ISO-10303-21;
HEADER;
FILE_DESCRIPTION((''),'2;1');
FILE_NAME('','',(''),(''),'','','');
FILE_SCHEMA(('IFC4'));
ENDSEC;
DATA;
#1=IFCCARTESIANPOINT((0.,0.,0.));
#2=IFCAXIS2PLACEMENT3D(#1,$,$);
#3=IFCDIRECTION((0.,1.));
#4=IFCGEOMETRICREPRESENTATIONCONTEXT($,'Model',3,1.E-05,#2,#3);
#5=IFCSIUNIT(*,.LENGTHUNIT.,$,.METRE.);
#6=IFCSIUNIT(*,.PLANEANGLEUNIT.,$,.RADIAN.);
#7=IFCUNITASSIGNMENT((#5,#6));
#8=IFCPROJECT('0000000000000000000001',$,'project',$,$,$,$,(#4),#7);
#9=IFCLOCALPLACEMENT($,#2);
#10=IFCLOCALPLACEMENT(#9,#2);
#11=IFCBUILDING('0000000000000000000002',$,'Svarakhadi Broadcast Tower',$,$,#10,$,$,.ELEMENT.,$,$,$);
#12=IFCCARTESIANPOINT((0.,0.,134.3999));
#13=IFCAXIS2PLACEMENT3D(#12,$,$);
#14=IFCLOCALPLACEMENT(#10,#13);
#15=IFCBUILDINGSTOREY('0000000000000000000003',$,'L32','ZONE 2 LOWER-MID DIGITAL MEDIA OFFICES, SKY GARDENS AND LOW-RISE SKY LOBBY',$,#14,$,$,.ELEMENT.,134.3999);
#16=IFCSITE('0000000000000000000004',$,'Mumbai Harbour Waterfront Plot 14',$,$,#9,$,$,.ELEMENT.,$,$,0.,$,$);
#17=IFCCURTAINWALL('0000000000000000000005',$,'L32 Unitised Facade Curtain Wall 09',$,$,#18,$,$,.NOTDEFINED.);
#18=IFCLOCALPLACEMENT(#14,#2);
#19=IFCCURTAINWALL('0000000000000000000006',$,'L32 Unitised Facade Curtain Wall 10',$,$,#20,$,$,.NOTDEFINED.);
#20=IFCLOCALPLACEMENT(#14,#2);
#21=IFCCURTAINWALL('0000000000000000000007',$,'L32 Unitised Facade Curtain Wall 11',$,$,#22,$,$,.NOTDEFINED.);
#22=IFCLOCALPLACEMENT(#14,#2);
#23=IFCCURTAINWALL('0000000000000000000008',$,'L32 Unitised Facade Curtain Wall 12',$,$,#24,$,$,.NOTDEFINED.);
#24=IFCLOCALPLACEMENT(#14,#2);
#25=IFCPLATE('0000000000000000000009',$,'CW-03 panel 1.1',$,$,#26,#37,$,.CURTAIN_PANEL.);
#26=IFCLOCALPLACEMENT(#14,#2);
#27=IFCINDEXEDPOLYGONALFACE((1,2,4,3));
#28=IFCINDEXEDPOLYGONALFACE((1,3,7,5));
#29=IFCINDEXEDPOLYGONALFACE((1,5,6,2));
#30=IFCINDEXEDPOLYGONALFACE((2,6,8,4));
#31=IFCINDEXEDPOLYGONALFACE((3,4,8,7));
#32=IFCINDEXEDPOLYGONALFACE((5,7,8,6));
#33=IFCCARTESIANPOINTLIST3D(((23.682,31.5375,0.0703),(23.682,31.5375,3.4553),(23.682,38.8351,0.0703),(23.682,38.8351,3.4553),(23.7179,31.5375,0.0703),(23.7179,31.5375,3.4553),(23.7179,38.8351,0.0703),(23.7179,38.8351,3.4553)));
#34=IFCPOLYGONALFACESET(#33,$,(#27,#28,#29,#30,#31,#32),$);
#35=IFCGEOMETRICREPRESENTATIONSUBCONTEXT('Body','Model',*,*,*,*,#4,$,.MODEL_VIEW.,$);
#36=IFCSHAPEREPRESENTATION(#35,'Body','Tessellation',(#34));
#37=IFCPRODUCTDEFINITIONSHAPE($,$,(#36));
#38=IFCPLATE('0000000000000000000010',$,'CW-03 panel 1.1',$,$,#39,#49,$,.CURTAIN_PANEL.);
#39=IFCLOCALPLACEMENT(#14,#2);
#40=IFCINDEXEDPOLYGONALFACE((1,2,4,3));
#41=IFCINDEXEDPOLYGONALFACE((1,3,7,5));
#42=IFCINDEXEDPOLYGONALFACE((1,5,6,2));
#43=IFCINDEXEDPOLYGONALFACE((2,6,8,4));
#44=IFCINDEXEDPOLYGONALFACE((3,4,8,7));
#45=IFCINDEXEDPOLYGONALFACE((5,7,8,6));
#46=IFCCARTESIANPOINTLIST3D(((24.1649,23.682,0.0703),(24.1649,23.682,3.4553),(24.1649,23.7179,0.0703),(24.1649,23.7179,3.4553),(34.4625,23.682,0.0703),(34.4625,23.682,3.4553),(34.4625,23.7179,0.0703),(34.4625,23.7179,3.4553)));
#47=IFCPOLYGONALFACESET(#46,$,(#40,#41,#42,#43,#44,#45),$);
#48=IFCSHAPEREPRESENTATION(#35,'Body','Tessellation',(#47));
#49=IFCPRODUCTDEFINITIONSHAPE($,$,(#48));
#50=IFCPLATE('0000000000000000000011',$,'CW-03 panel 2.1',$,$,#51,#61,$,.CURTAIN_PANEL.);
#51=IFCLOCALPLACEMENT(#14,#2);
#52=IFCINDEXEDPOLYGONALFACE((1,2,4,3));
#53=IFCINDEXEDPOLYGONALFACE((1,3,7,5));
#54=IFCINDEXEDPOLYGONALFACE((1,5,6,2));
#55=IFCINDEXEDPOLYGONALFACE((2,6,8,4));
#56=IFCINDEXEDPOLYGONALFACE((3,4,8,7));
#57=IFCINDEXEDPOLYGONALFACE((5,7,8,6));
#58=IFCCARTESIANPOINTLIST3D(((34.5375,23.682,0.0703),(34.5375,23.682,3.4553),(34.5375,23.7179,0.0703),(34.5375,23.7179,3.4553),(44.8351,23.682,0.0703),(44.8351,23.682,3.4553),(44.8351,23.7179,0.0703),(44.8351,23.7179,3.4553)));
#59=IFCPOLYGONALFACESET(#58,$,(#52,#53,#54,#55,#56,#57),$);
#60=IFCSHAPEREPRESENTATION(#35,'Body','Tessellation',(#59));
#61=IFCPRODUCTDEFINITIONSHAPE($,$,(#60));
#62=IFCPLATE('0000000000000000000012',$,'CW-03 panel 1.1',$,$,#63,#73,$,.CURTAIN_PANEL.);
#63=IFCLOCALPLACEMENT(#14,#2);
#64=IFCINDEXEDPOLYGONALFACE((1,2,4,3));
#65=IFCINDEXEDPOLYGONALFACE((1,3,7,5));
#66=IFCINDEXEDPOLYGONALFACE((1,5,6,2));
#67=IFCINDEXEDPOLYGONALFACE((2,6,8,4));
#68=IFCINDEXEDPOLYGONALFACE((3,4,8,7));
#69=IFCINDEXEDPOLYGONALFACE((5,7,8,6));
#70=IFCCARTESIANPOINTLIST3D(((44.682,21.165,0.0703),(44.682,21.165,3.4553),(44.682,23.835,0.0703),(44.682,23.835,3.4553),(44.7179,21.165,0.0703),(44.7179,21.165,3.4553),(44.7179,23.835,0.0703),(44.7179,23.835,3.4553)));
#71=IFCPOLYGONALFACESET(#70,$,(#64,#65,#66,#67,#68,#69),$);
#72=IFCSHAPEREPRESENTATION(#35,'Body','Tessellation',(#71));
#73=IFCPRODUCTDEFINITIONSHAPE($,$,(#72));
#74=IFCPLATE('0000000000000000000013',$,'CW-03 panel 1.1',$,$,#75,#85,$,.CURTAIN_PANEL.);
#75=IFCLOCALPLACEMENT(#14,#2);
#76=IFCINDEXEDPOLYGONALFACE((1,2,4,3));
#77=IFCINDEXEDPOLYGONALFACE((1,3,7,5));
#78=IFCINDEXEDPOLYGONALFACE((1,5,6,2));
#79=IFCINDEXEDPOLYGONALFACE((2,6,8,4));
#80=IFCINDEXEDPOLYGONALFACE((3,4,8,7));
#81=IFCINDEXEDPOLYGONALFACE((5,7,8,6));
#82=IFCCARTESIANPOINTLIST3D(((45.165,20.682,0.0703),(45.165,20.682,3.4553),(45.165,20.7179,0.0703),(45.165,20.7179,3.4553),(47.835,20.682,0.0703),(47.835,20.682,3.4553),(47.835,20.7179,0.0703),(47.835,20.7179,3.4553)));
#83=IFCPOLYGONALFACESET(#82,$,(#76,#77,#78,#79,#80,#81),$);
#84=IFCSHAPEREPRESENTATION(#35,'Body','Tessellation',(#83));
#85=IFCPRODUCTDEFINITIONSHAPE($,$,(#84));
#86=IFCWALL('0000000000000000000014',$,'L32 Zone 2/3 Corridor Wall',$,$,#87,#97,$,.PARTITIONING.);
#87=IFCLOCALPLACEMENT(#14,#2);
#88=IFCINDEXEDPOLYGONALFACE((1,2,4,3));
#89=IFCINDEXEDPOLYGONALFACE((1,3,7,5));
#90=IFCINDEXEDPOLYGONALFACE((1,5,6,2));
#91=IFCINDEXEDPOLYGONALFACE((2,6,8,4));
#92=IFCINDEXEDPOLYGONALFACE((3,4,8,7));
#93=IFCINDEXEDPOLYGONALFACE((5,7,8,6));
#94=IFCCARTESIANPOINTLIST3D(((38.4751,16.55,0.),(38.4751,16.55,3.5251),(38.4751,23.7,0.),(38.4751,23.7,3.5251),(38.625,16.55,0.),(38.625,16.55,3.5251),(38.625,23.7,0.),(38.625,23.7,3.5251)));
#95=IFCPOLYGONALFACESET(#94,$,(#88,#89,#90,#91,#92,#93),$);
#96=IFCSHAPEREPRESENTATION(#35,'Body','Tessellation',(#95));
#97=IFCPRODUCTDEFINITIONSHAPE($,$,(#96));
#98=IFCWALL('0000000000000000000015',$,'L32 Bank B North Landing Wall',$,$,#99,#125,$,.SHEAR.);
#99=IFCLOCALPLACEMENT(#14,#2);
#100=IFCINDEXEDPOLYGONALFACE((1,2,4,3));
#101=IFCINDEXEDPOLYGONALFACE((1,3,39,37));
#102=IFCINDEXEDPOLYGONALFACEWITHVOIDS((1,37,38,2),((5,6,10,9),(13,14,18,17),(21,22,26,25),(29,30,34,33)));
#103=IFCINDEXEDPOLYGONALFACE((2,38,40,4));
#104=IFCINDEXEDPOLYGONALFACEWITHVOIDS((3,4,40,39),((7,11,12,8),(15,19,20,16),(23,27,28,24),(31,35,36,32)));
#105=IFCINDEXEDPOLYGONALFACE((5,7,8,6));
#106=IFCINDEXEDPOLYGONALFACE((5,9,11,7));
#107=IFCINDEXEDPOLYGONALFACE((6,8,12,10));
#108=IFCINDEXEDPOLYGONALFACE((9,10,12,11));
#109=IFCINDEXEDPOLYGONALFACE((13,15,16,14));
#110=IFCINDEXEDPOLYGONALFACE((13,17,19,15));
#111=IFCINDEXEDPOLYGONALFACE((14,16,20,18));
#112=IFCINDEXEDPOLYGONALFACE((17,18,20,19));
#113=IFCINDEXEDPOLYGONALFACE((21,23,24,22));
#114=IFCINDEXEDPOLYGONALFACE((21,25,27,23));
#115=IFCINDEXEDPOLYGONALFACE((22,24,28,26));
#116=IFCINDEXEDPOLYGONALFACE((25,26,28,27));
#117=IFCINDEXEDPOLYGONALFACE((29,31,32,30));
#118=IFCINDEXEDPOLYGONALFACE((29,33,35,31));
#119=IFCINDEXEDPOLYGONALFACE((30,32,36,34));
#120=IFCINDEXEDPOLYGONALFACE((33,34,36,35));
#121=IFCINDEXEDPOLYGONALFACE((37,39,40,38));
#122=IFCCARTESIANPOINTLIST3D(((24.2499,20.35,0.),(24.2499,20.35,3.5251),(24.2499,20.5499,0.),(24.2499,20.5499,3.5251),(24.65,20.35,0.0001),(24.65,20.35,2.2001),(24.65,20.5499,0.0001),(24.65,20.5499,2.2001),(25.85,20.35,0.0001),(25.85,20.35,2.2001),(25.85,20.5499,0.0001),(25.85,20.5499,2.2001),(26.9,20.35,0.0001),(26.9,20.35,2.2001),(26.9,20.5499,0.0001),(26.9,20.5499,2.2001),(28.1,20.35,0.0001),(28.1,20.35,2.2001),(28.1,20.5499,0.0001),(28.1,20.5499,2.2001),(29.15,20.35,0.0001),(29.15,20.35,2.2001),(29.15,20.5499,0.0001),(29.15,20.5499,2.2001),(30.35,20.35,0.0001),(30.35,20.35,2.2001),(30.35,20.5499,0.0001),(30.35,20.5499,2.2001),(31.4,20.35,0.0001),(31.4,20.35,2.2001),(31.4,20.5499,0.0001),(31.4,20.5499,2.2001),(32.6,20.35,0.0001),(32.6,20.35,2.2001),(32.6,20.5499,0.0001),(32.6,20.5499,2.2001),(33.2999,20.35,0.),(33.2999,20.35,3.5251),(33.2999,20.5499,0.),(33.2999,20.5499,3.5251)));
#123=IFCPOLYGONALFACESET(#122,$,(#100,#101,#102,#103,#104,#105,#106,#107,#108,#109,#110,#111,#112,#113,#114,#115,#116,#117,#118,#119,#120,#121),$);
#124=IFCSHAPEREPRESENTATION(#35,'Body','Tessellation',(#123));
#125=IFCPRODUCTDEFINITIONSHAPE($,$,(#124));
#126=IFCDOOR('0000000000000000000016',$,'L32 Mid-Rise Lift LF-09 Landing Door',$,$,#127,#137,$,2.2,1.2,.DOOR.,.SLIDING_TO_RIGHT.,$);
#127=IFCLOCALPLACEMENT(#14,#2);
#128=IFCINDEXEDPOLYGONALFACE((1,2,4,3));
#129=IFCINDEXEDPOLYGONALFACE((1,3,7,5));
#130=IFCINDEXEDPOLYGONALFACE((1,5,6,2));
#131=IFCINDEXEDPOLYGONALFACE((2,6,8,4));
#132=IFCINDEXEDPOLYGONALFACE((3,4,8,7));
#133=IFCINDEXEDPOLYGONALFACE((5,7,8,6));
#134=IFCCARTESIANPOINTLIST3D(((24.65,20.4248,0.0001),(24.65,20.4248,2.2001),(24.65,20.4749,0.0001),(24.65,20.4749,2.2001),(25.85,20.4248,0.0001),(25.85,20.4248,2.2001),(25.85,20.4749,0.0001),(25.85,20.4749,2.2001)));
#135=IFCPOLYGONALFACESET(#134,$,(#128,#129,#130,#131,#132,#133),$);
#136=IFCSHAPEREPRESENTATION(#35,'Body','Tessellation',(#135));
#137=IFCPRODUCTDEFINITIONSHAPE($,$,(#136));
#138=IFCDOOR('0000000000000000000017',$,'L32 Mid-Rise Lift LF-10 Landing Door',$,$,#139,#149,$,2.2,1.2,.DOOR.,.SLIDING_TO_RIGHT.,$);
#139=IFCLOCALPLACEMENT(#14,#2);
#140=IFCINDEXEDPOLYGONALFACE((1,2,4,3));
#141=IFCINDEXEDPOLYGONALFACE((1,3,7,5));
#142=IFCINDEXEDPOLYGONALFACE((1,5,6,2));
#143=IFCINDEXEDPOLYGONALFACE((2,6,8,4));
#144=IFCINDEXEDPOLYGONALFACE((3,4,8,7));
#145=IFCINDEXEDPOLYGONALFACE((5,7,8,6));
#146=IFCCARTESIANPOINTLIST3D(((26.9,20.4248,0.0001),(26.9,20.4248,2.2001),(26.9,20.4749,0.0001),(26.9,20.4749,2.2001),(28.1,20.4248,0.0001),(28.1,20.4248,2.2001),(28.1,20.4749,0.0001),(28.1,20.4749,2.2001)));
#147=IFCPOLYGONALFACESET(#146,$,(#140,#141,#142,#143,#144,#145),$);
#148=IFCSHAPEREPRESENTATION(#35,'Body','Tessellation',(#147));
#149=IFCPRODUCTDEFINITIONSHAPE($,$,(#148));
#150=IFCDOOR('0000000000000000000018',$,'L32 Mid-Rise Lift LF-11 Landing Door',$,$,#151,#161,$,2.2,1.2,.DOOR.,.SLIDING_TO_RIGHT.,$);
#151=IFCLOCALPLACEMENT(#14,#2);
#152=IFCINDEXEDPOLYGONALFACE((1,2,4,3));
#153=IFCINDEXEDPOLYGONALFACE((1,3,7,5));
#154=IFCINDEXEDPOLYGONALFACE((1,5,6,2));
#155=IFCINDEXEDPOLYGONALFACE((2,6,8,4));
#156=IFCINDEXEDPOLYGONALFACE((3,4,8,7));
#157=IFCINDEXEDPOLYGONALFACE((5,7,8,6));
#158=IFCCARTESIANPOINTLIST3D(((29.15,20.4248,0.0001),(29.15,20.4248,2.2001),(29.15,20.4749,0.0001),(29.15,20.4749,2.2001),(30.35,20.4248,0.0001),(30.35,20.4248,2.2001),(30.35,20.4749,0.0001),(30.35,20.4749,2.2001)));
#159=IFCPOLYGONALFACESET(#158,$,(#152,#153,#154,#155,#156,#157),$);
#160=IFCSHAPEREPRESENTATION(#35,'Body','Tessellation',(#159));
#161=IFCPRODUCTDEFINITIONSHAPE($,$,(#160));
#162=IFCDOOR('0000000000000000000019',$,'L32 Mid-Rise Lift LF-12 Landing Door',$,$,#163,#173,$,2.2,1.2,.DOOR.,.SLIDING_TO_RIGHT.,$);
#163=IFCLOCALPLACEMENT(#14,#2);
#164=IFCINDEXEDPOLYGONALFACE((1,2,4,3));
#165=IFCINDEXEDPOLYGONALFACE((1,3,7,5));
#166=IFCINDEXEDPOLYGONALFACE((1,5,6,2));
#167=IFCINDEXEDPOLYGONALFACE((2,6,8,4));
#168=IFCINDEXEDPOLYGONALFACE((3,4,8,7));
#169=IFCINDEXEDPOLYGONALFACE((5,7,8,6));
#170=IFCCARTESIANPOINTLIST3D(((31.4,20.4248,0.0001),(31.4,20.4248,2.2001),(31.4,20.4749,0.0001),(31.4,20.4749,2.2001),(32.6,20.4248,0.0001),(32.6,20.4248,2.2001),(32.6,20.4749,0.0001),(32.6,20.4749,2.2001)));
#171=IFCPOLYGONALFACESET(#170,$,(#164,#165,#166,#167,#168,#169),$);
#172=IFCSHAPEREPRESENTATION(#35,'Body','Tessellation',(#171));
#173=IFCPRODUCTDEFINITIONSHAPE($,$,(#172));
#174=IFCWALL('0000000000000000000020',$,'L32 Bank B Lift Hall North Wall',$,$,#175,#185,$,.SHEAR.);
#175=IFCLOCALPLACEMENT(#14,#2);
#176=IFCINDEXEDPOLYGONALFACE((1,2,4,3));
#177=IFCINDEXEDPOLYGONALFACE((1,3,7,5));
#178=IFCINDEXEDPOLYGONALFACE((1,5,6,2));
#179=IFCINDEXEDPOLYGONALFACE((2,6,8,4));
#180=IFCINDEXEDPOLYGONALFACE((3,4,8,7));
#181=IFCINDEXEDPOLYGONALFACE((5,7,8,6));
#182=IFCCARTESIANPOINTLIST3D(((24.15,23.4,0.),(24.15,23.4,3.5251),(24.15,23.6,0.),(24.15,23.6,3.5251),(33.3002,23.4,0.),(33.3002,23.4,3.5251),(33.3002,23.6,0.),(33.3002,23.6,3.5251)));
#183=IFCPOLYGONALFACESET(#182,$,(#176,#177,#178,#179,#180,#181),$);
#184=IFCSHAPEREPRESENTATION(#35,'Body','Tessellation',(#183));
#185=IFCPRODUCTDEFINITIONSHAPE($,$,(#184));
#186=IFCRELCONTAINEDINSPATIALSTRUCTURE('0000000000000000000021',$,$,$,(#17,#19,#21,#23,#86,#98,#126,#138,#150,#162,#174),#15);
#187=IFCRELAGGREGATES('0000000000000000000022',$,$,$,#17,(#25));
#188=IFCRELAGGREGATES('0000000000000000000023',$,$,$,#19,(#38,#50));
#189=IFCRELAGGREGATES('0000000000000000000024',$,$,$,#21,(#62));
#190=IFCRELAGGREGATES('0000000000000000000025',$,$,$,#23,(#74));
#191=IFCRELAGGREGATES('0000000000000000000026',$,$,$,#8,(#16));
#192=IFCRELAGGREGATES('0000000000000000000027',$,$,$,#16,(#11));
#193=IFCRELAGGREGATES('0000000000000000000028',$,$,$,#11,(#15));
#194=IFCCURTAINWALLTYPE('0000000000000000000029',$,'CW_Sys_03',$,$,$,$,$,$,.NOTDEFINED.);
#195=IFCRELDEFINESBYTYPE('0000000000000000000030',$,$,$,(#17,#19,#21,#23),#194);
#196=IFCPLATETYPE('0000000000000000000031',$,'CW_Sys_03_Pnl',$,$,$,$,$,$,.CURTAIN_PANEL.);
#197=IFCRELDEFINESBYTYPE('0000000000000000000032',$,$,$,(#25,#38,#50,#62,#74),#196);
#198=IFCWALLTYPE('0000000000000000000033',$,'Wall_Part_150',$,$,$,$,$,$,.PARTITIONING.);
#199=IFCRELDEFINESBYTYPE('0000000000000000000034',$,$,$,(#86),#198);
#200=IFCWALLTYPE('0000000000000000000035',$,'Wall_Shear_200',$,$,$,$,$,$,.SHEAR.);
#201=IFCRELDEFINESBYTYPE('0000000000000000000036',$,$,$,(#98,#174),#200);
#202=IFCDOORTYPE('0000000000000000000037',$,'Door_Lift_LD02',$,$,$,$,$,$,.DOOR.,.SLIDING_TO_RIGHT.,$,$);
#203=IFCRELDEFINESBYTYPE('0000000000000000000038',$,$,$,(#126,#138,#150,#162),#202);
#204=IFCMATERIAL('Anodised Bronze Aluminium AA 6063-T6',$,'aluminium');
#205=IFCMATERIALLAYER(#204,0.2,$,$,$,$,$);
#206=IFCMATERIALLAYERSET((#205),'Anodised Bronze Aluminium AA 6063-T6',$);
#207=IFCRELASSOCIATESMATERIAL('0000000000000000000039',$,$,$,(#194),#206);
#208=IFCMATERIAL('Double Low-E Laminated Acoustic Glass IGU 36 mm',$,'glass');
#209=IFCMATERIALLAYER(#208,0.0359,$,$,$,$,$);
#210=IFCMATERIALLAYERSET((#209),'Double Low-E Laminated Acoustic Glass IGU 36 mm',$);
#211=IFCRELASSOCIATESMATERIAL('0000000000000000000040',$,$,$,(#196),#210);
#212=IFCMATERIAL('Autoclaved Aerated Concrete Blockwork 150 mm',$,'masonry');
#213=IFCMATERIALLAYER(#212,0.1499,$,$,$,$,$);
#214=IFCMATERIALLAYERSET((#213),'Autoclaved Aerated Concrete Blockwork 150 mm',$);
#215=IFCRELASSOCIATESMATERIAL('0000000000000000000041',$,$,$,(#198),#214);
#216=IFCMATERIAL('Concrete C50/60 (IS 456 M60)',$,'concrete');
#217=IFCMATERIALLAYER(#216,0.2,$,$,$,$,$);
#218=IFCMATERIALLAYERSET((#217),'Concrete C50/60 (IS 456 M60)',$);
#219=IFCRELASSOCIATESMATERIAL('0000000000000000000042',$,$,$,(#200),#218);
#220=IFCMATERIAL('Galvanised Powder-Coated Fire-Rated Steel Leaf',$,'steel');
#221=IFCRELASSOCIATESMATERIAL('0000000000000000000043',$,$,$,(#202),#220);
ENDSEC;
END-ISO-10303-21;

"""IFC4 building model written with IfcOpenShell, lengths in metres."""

from ifc_helpers import new_model, si_unit, direction, frame, frame_2d, origin, origin_2d, place, context, subcontext, project, spatial, rectangle, extrude, material, layer, layer_set, type_object, element, fill, aggregate, save


model = new_model("IFC4")

# Units and contexts
model_context = context("Model", 3, precision=1e-05, world=origin(), true_north=direction((0.0, 1.0)))
body_context = subcontext(model_context, "Body", "Model", "MODEL_VIEW")
ifc_project = project(units=[si_unit("LENGTHUNIT", "METRE"), si_unit("PLANEANGLEUNIT", "RADIAN")], contexts=[model_context])

# Site, building, storey
site_placement = place(None, origin())
site = spatial("IfcSite", under=ifc_project, at=site_placement, Name="Mumbai Harbour Waterfront Plot 14", CompositionType="ELEMENT", RefElevation=0.0)
building_placement = place(site_placement, origin())
building = spatial("IfcBuilding", under=site, at=building_placement, Name="Svarakhadi Broadcast Tower", CompositionType="ELEMENT")
storey_placement = place(building_placement, frame((0.0, 0.0, 134.3999)))
storey = spatial("IfcBuildingStorey", under=building, at=storey_placement, Name="L32", Description="ZONE 2 LOWER-MID DIGITAL MEDIA OFFICES, SKY GARDENS AND LOW-RISE SKY LOBBY", CompositionType="ELEMENT", Elevation=134.3999)

# Curtain wall
ifc_material_1 = material(Name="Anodised Bronze Aluminium AA 6063-T6", Category="aluminium")
ifc_layer_1 = layer(ifc_material_1, 0.2)
ifc_layer_set_1 = layer_set([ifc_layer_1], Name="Anodised Bronze Aluminium AA 6063-T6")
curtain_wall_type = type_object("IfcCurtainWallType", Name="CW_Sys_03", PredefinedType="NOTDEFINED", material=ifc_layer_set_1)
curtain_wall_1_placement = place(storey_placement, origin())
curtain_wall_1 = element("IfcCurtainWall", 1, at=curtain_wall_1_placement, inside=storey, type_object=curtain_wall_type, Name="L32 Unitised Facade Curtain Wall 09", PredefinedType="NOTDEFINED")

# Curtain walls
curtain_wall_2_placement = place(storey_placement, origin())
curtain_wall_2 = element("IfcCurtainWall", 2, at=curtain_wall_2_placement, inside=storey, type_object=curtain_wall_type, Name="L32 Unitised Facade Curtain Wall 10", PredefinedType="NOTDEFINED")
curtain_wall_3_placement = place(storey_placement, origin())
curtain_wall_3 = element("IfcCurtainWall", 3, at=curtain_wall_3_placement, inside=storey, type_object=curtain_wall_type, Name="L32 Unitised Facade Curtain Wall 11", PredefinedType="NOTDEFINED")
curtain_wall_4_placement = place(storey_placement, origin())
curtain_wall_4 = element("IfcCurtainWall", 4, at=curtain_wall_4_placement, inside=storey, type_object=curtain_wall_type, Name="L32 Unitised Facade Curtain Wall 12", PredefinedType="NOTDEFINED")

# Plates
ifc_material_2 = material(Name="Double Low-E Laminated Acoustic Glass IGU 36 mm", Category="glass")
ifc_layer_2 = layer(ifc_material_2, 0.0359)
ifc_layer_set_2 = layer_set([ifc_layer_2], Name="Double Low-E Laminated Acoustic Glass IGU 36 mm")
plate_type = type_object("IfcPlateType", Name="CW_Sys_03_Pnl", PredefinedType="CURTAIN_PANEL", material=ifc_layer_set_2)
plate_1_placement = place(storey_placement, frame((23.7, 35.1863, 0.0703), z_axis=(0.0, 0.0, 1.0), x_axis=(0.0, -1.0, 0.0)))
plate_1 = element("IfcPlate", 5, at=plate_1_placement, type_object=plate_type, Name="CW-03 panel 1.1", PredefinedType="CURTAIN_PANEL", context=body_context, shape_type="SweptSolid", body=[
    extrude(rectangle(XDim=7.2976, YDim=0.0359, at=origin_2d()), origin(), (0.0, 0.0, 1.0), 3.385),
])
aggregate(curtain_wall_1, [plate_1])
plate_2_placement = place(storey_placement, frame((29.3137, 23.7, 0.0703), z_axis=(0.0, 0.0, 1.0), x_axis=(1.0, 0.0, 0.0)))
plate_2 = element("IfcPlate", 6, at=plate_2_placement, type_object=plate_type, Name="CW-03 panel 1.1", PredefinedType="CURTAIN_PANEL", context=body_context, shape_type="SweptSolid", body=[
    extrude(rectangle(XDim=10.2976, YDim=0.0359, at=origin_2d()), origin(), (0.0, 0.0, 1.0), 3.385),
])
plate_3_placement = place(storey_placement, frame((39.6863, 23.7, 0.0703), z_axis=(0.0, 0.0, 1.0), x_axis=(1.0, 0.0, 0.0)))
plate_3 = element("IfcPlate", 7, at=plate_3_placement, type_object=plate_type, Name="CW-03 panel 2.1", PredefinedType="CURTAIN_PANEL", context=body_context, shape_type="SweptSolid", body=[
    extrude(rectangle(XDim=10.2976, YDim=0.0359, at=origin_2d()), origin(), (0.0, 0.0, 1.0), 3.385),
])
aggregate(curtain_wall_2, [plate_2, plate_3])
plate_4_placement = place(storey_placement, frame((44.7, 22.5, 0.0703), z_axis=(0.0, 0.0, 1.0), x_axis=(0.0, -1.0, 0.0)))
plate_4 = element("IfcPlate", 8, at=plate_4_placement, type_object=plate_type, Name="CW-03 panel 1.1", PredefinedType="CURTAIN_PANEL", context=body_context, shape_type="SweptSolid", body=[
    extrude(rectangle(XDim=2.6699, YDim=0.0359, at=origin_2d()), origin(), (0.0, 0.0, 1.0), 3.385),
])
aggregate(curtain_wall_3, [plate_4])
plate_5_placement = place(storey_placement, frame((46.5, 20.7, 0.0703), z_axis=(0.0, 0.0, 1.0), x_axis=(1.0, 0.0, 0.0)))
plate_5 = element("IfcPlate", 9, at=plate_5_placement, type_object=plate_type, Name="CW-03 panel 1.1", PredefinedType="CURTAIN_PANEL", context=body_context, shape_type="SweptSolid", body=[
    extrude(rectangle(XDim=2.6699, YDim=0.0359, at=origin_2d()), origin(), (0.0, 0.0, 1.0), 3.385),
])
aggregate(curtain_wall_4, [plate_5])

# Wall
ifc_material_3 = material(Name="Autoclaved Aerated Concrete Blockwork 150 mm", Category="masonry")
ifc_layer_3 = layer(ifc_material_3, 0.1499)
ifc_layer_set_3 = layer_set([ifc_layer_3], Name="Autoclaved Aerated Concrete Blockwork 150 mm")
wall_type_1 = type_object("IfcWallType", Name="Wall_Part_150", PredefinedType="PARTITIONING", material=ifc_layer_set_3)
wall_1_placement = place(storey_placement, frame((38.55, 23.7, 0.0), z_axis=(0.0, 0.0, 1.0), x_axis=(0.0, -1.0, 0.0)))
element("IfcWall", 10, at=wall_1_placement, inside=storey, type_object=wall_type_1, Name="L32 Zone 2/3 Corridor Wall", PredefinedType="PARTITIONING", context=body_context, shape_type="SweptSolid", body=[
    extrude(rectangle(XDim=7.1499, YDim=0.1499, at=frame_2d((3.575, 0.0))), origin(), (0.0, 0.0, 1.0), 3.5251),
])

# Wall, openings, doors
ifc_material_4 = material(Name="Concrete C50/60 (IS 456 M60)", Category="concrete")
ifc_layer_4 = layer(ifc_material_4, 0.2)
ifc_layer_set_4 = layer_set([ifc_layer_4], Name="Concrete C50/60 (IS 456 M60)")
wall_type_2 = type_object("IfcWallType", Name="Wall_Shear_200", PredefinedType="SHEAR", material=ifc_layer_set_4)
wall_2_placement = place(storey_placement, frame((24.25, 20.45, 0.0), z_axis=(0.0, 0.0, 1.0), x_axis=(1.0, 0.0, 0.0)))
wall_2 = element("IfcWall", 11, at=wall_2_placement, inside=storey, type_object=wall_type_2, Name="L32 Bank B North Landing Wall", PredefinedType="SHEAR", context=body_context, shape_type="SweptSolid", body=[
    extrude(rectangle(XDim=9.05, YDim=0.2, at=frame_2d((4.5249, 0.0))), origin(), (0.0, 0.0, 1.0), 3.5251),
])
opening_1_placement = place(wall_2_placement, frame((0.3999, 0.0, 0.0)))
opening_1 = element("IfcOpeningElement", 12, at=opening_1_placement, cuts=wall_2, PredefinedType="OPENING", context=body_context, shape_type="SweptSolid", body=[
    extrude(rectangle(XDim=1.2, YDim=2.2, at=frame_2d((0.6001, 1.1001))), frame((0.0, 0.1099, 0.0), z_axis=(0.0, -1.0, 0.0), x_axis=(1.0, 0.0, 0.0)), (0.0, 0.0, 1.0), 0.22),
])
opening_2_placement = place(wall_2_placement, frame((2.6499, 0.0, 0.0)))
opening_2 = element("IfcOpeningElement", 13, at=opening_2_placement, cuts=wall_2, PredefinedType="OPENING", context=body_context, shape_type="SweptSolid", body=[
    extrude(rectangle(XDim=1.2, YDim=2.2, at=frame_2d((0.6001, 1.1001))), frame((0.0, 0.1099, 0.0), z_axis=(0.0, -1.0, 0.0), x_axis=(1.0, 0.0, 0.0)), (0.0, 0.0, 1.0), 0.22),
])
opening_3_placement = place(wall_2_placement, frame((4.8999, 0.0, 0.0)))
opening_3 = element("IfcOpeningElement", 14, at=opening_3_placement, cuts=wall_2, PredefinedType="OPENING", context=body_context, shape_type="SweptSolid", body=[
    extrude(rectangle(XDim=1.2, YDim=2.2, at=frame_2d((0.6001, 1.1001))), frame((0.0, 0.1099, 0.0), z_axis=(0.0, -1.0, 0.0), x_axis=(1.0, 0.0, 0.0)), (0.0, 0.0, 1.0), 0.22),
])
opening_4_placement = place(wall_2_placement, frame((7.1499, 0.0, 0.0)))
opening_4 = element("IfcOpeningElement", 15, at=opening_4_placement, cuts=wall_2, PredefinedType="OPENING", context=body_context, shape_type="SweptSolid", body=[
    extrude(rectangle(XDim=1.2, YDim=2.2, at=frame_2d((0.6001, 1.1001))), frame((0.0, 0.1099, 0.0), z_axis=(0.0, -1.0, 0.0), x_axis=(1.0, 0.0, 0.0)), (0.0, 0.0, 1.0), 0.22),
])
ifc_material_5 = material(Name="Galvanised Powder-Coated Fire-Rated Steel Leaf", Category="steel")
door_type = type_object("IfcDoorType", Name="Door_Lift_LD02", OperationType="SLIDING_TO_RIGHT", PredefinedType="DOOR", material=ifc_material_5)
door_1_placement = place(opening_1_placement, origin())
door_1 = element("IfcDoor", 16, at=door_1_placement, inside=storey, type_object=door_type, Name="L32 Mid-Rise Lift LF-09 Landing Door", OperationType="SLIDING_TO_RIGHT", OverallHeight=2.2, OverallWidth=1.2, PredefinedType="DOOR", context=body_context, shape_type="SweptSolid", body=[
    extrude(rectangle(XDim=1.2, YDim=2.2, at=frame_2d((0.6001, 1.1001))), frame((0.0, 0.0249, 0.0), z_axis=(0.0, -1.0, 0.0), x_axis=(1.0, 0.0, 0.0)), (0.0, 0.0, 1.0), 0.05),
])
fill(opening_1, door_1)
door_2_placement = place(opening_2_placement, origin())
door_2 = element("IfcDoor", 17, at=door_2_placement, inside=storey, type_object=door_type, Name="L32 Mid-Rise Lift LF-10 Landing Door", OperationType="SLIDING_TO_RIGHT", OverallHeight=2.2, OverallWidth=1.2, PredefinedType="DOOR", context=body_context, shape_type="SweptSolid", body=[
    extrude(rectangle(XDim=1.2, YDim=2.2, at=frame_2d((0.6001, 1.1001))), frame((0.0, 0.0249, 0.0), z_axis=(0.0, -1.0, 0.0), x_axis=(1.0, 0.0, 0.0)), (0.0, 0.0, 1.0), 0.05),
])
fill(opening_2, door_2)
door_3_placement = place(opening_3_placement, origin())
door_3 = element("IfcDoor", 18, at=door_3_placement, inside=storey, type_object=door_type, Name="L32 Mid-Rise Lift LF-11 Landing Door", OperationType="SLIDING_TO_RIGHT", OverallHeight=2.2, OverallWidth=1.2, PredefinedType="DOOR", context=body_context, shape_type="SweptSolid", body=[
    extrude(rectangle(XDim=1.2, YDim=2.2, at=frame_2d((0.6001, 1.1001))), frame((0.0, 0.0249, 0.0), z_axis=(0.0, -1.0, 0.0), x_axis=(1.0, 0.0, 0.0)), (0.0, 0.0, 1.0), 0.05),
])
fill(opening_3, door_3)
door_4_placement = place(opening_4_placement, origin())
door_4 = element("IfcDoor", 19, at=door_4_placement, inside=storey, type_object=door_type, Name="L32 Mid-Rise Lift LF-12 Landing Door", OperationType="SLIDING_TO_RIGHT", OverallHeight=2.2, OverallWidth=1.2, PredefinedType="DOOR", context=body_context, shape_type="SweptSolid", body=[
    extrude(rectangle(XDim=1.2, YDim=2.2, at=frame_2d((0.6001, 1.1001))), frame((0.0, 0.0249, 0.0), z_axis=(0.0, -1.0, 0.0), x_axis=(1.0, 0.0, 0.0)), (0.0, 0.0, 1.0), 0.05),
])
fill(opening_4, door_4)

# Wall
wall_3_placement = place(storey_placement, frame((24.1499, 23.5, 0.0), z_axis=(0.0, 0.0, 1.0), x_axis=(1.0, 0.0, 0.0)))
element("IfcWall", 20, at=wall_3_placement, inside=storey, type_object=wall_type_2, Name="L32 Bank B Lift Hall North Wall", PredefinedType="SHEAR", context=body_context, shape_type="SweptSolid", body=[
    extrude(rectangle(XDim=9.1501, YDim=0.2, at=frame_2d((4.5752, 0.0))), origin(), (0.0, 0.0, 1.0), 3.5251),
])

save(model, "model.ifc")
